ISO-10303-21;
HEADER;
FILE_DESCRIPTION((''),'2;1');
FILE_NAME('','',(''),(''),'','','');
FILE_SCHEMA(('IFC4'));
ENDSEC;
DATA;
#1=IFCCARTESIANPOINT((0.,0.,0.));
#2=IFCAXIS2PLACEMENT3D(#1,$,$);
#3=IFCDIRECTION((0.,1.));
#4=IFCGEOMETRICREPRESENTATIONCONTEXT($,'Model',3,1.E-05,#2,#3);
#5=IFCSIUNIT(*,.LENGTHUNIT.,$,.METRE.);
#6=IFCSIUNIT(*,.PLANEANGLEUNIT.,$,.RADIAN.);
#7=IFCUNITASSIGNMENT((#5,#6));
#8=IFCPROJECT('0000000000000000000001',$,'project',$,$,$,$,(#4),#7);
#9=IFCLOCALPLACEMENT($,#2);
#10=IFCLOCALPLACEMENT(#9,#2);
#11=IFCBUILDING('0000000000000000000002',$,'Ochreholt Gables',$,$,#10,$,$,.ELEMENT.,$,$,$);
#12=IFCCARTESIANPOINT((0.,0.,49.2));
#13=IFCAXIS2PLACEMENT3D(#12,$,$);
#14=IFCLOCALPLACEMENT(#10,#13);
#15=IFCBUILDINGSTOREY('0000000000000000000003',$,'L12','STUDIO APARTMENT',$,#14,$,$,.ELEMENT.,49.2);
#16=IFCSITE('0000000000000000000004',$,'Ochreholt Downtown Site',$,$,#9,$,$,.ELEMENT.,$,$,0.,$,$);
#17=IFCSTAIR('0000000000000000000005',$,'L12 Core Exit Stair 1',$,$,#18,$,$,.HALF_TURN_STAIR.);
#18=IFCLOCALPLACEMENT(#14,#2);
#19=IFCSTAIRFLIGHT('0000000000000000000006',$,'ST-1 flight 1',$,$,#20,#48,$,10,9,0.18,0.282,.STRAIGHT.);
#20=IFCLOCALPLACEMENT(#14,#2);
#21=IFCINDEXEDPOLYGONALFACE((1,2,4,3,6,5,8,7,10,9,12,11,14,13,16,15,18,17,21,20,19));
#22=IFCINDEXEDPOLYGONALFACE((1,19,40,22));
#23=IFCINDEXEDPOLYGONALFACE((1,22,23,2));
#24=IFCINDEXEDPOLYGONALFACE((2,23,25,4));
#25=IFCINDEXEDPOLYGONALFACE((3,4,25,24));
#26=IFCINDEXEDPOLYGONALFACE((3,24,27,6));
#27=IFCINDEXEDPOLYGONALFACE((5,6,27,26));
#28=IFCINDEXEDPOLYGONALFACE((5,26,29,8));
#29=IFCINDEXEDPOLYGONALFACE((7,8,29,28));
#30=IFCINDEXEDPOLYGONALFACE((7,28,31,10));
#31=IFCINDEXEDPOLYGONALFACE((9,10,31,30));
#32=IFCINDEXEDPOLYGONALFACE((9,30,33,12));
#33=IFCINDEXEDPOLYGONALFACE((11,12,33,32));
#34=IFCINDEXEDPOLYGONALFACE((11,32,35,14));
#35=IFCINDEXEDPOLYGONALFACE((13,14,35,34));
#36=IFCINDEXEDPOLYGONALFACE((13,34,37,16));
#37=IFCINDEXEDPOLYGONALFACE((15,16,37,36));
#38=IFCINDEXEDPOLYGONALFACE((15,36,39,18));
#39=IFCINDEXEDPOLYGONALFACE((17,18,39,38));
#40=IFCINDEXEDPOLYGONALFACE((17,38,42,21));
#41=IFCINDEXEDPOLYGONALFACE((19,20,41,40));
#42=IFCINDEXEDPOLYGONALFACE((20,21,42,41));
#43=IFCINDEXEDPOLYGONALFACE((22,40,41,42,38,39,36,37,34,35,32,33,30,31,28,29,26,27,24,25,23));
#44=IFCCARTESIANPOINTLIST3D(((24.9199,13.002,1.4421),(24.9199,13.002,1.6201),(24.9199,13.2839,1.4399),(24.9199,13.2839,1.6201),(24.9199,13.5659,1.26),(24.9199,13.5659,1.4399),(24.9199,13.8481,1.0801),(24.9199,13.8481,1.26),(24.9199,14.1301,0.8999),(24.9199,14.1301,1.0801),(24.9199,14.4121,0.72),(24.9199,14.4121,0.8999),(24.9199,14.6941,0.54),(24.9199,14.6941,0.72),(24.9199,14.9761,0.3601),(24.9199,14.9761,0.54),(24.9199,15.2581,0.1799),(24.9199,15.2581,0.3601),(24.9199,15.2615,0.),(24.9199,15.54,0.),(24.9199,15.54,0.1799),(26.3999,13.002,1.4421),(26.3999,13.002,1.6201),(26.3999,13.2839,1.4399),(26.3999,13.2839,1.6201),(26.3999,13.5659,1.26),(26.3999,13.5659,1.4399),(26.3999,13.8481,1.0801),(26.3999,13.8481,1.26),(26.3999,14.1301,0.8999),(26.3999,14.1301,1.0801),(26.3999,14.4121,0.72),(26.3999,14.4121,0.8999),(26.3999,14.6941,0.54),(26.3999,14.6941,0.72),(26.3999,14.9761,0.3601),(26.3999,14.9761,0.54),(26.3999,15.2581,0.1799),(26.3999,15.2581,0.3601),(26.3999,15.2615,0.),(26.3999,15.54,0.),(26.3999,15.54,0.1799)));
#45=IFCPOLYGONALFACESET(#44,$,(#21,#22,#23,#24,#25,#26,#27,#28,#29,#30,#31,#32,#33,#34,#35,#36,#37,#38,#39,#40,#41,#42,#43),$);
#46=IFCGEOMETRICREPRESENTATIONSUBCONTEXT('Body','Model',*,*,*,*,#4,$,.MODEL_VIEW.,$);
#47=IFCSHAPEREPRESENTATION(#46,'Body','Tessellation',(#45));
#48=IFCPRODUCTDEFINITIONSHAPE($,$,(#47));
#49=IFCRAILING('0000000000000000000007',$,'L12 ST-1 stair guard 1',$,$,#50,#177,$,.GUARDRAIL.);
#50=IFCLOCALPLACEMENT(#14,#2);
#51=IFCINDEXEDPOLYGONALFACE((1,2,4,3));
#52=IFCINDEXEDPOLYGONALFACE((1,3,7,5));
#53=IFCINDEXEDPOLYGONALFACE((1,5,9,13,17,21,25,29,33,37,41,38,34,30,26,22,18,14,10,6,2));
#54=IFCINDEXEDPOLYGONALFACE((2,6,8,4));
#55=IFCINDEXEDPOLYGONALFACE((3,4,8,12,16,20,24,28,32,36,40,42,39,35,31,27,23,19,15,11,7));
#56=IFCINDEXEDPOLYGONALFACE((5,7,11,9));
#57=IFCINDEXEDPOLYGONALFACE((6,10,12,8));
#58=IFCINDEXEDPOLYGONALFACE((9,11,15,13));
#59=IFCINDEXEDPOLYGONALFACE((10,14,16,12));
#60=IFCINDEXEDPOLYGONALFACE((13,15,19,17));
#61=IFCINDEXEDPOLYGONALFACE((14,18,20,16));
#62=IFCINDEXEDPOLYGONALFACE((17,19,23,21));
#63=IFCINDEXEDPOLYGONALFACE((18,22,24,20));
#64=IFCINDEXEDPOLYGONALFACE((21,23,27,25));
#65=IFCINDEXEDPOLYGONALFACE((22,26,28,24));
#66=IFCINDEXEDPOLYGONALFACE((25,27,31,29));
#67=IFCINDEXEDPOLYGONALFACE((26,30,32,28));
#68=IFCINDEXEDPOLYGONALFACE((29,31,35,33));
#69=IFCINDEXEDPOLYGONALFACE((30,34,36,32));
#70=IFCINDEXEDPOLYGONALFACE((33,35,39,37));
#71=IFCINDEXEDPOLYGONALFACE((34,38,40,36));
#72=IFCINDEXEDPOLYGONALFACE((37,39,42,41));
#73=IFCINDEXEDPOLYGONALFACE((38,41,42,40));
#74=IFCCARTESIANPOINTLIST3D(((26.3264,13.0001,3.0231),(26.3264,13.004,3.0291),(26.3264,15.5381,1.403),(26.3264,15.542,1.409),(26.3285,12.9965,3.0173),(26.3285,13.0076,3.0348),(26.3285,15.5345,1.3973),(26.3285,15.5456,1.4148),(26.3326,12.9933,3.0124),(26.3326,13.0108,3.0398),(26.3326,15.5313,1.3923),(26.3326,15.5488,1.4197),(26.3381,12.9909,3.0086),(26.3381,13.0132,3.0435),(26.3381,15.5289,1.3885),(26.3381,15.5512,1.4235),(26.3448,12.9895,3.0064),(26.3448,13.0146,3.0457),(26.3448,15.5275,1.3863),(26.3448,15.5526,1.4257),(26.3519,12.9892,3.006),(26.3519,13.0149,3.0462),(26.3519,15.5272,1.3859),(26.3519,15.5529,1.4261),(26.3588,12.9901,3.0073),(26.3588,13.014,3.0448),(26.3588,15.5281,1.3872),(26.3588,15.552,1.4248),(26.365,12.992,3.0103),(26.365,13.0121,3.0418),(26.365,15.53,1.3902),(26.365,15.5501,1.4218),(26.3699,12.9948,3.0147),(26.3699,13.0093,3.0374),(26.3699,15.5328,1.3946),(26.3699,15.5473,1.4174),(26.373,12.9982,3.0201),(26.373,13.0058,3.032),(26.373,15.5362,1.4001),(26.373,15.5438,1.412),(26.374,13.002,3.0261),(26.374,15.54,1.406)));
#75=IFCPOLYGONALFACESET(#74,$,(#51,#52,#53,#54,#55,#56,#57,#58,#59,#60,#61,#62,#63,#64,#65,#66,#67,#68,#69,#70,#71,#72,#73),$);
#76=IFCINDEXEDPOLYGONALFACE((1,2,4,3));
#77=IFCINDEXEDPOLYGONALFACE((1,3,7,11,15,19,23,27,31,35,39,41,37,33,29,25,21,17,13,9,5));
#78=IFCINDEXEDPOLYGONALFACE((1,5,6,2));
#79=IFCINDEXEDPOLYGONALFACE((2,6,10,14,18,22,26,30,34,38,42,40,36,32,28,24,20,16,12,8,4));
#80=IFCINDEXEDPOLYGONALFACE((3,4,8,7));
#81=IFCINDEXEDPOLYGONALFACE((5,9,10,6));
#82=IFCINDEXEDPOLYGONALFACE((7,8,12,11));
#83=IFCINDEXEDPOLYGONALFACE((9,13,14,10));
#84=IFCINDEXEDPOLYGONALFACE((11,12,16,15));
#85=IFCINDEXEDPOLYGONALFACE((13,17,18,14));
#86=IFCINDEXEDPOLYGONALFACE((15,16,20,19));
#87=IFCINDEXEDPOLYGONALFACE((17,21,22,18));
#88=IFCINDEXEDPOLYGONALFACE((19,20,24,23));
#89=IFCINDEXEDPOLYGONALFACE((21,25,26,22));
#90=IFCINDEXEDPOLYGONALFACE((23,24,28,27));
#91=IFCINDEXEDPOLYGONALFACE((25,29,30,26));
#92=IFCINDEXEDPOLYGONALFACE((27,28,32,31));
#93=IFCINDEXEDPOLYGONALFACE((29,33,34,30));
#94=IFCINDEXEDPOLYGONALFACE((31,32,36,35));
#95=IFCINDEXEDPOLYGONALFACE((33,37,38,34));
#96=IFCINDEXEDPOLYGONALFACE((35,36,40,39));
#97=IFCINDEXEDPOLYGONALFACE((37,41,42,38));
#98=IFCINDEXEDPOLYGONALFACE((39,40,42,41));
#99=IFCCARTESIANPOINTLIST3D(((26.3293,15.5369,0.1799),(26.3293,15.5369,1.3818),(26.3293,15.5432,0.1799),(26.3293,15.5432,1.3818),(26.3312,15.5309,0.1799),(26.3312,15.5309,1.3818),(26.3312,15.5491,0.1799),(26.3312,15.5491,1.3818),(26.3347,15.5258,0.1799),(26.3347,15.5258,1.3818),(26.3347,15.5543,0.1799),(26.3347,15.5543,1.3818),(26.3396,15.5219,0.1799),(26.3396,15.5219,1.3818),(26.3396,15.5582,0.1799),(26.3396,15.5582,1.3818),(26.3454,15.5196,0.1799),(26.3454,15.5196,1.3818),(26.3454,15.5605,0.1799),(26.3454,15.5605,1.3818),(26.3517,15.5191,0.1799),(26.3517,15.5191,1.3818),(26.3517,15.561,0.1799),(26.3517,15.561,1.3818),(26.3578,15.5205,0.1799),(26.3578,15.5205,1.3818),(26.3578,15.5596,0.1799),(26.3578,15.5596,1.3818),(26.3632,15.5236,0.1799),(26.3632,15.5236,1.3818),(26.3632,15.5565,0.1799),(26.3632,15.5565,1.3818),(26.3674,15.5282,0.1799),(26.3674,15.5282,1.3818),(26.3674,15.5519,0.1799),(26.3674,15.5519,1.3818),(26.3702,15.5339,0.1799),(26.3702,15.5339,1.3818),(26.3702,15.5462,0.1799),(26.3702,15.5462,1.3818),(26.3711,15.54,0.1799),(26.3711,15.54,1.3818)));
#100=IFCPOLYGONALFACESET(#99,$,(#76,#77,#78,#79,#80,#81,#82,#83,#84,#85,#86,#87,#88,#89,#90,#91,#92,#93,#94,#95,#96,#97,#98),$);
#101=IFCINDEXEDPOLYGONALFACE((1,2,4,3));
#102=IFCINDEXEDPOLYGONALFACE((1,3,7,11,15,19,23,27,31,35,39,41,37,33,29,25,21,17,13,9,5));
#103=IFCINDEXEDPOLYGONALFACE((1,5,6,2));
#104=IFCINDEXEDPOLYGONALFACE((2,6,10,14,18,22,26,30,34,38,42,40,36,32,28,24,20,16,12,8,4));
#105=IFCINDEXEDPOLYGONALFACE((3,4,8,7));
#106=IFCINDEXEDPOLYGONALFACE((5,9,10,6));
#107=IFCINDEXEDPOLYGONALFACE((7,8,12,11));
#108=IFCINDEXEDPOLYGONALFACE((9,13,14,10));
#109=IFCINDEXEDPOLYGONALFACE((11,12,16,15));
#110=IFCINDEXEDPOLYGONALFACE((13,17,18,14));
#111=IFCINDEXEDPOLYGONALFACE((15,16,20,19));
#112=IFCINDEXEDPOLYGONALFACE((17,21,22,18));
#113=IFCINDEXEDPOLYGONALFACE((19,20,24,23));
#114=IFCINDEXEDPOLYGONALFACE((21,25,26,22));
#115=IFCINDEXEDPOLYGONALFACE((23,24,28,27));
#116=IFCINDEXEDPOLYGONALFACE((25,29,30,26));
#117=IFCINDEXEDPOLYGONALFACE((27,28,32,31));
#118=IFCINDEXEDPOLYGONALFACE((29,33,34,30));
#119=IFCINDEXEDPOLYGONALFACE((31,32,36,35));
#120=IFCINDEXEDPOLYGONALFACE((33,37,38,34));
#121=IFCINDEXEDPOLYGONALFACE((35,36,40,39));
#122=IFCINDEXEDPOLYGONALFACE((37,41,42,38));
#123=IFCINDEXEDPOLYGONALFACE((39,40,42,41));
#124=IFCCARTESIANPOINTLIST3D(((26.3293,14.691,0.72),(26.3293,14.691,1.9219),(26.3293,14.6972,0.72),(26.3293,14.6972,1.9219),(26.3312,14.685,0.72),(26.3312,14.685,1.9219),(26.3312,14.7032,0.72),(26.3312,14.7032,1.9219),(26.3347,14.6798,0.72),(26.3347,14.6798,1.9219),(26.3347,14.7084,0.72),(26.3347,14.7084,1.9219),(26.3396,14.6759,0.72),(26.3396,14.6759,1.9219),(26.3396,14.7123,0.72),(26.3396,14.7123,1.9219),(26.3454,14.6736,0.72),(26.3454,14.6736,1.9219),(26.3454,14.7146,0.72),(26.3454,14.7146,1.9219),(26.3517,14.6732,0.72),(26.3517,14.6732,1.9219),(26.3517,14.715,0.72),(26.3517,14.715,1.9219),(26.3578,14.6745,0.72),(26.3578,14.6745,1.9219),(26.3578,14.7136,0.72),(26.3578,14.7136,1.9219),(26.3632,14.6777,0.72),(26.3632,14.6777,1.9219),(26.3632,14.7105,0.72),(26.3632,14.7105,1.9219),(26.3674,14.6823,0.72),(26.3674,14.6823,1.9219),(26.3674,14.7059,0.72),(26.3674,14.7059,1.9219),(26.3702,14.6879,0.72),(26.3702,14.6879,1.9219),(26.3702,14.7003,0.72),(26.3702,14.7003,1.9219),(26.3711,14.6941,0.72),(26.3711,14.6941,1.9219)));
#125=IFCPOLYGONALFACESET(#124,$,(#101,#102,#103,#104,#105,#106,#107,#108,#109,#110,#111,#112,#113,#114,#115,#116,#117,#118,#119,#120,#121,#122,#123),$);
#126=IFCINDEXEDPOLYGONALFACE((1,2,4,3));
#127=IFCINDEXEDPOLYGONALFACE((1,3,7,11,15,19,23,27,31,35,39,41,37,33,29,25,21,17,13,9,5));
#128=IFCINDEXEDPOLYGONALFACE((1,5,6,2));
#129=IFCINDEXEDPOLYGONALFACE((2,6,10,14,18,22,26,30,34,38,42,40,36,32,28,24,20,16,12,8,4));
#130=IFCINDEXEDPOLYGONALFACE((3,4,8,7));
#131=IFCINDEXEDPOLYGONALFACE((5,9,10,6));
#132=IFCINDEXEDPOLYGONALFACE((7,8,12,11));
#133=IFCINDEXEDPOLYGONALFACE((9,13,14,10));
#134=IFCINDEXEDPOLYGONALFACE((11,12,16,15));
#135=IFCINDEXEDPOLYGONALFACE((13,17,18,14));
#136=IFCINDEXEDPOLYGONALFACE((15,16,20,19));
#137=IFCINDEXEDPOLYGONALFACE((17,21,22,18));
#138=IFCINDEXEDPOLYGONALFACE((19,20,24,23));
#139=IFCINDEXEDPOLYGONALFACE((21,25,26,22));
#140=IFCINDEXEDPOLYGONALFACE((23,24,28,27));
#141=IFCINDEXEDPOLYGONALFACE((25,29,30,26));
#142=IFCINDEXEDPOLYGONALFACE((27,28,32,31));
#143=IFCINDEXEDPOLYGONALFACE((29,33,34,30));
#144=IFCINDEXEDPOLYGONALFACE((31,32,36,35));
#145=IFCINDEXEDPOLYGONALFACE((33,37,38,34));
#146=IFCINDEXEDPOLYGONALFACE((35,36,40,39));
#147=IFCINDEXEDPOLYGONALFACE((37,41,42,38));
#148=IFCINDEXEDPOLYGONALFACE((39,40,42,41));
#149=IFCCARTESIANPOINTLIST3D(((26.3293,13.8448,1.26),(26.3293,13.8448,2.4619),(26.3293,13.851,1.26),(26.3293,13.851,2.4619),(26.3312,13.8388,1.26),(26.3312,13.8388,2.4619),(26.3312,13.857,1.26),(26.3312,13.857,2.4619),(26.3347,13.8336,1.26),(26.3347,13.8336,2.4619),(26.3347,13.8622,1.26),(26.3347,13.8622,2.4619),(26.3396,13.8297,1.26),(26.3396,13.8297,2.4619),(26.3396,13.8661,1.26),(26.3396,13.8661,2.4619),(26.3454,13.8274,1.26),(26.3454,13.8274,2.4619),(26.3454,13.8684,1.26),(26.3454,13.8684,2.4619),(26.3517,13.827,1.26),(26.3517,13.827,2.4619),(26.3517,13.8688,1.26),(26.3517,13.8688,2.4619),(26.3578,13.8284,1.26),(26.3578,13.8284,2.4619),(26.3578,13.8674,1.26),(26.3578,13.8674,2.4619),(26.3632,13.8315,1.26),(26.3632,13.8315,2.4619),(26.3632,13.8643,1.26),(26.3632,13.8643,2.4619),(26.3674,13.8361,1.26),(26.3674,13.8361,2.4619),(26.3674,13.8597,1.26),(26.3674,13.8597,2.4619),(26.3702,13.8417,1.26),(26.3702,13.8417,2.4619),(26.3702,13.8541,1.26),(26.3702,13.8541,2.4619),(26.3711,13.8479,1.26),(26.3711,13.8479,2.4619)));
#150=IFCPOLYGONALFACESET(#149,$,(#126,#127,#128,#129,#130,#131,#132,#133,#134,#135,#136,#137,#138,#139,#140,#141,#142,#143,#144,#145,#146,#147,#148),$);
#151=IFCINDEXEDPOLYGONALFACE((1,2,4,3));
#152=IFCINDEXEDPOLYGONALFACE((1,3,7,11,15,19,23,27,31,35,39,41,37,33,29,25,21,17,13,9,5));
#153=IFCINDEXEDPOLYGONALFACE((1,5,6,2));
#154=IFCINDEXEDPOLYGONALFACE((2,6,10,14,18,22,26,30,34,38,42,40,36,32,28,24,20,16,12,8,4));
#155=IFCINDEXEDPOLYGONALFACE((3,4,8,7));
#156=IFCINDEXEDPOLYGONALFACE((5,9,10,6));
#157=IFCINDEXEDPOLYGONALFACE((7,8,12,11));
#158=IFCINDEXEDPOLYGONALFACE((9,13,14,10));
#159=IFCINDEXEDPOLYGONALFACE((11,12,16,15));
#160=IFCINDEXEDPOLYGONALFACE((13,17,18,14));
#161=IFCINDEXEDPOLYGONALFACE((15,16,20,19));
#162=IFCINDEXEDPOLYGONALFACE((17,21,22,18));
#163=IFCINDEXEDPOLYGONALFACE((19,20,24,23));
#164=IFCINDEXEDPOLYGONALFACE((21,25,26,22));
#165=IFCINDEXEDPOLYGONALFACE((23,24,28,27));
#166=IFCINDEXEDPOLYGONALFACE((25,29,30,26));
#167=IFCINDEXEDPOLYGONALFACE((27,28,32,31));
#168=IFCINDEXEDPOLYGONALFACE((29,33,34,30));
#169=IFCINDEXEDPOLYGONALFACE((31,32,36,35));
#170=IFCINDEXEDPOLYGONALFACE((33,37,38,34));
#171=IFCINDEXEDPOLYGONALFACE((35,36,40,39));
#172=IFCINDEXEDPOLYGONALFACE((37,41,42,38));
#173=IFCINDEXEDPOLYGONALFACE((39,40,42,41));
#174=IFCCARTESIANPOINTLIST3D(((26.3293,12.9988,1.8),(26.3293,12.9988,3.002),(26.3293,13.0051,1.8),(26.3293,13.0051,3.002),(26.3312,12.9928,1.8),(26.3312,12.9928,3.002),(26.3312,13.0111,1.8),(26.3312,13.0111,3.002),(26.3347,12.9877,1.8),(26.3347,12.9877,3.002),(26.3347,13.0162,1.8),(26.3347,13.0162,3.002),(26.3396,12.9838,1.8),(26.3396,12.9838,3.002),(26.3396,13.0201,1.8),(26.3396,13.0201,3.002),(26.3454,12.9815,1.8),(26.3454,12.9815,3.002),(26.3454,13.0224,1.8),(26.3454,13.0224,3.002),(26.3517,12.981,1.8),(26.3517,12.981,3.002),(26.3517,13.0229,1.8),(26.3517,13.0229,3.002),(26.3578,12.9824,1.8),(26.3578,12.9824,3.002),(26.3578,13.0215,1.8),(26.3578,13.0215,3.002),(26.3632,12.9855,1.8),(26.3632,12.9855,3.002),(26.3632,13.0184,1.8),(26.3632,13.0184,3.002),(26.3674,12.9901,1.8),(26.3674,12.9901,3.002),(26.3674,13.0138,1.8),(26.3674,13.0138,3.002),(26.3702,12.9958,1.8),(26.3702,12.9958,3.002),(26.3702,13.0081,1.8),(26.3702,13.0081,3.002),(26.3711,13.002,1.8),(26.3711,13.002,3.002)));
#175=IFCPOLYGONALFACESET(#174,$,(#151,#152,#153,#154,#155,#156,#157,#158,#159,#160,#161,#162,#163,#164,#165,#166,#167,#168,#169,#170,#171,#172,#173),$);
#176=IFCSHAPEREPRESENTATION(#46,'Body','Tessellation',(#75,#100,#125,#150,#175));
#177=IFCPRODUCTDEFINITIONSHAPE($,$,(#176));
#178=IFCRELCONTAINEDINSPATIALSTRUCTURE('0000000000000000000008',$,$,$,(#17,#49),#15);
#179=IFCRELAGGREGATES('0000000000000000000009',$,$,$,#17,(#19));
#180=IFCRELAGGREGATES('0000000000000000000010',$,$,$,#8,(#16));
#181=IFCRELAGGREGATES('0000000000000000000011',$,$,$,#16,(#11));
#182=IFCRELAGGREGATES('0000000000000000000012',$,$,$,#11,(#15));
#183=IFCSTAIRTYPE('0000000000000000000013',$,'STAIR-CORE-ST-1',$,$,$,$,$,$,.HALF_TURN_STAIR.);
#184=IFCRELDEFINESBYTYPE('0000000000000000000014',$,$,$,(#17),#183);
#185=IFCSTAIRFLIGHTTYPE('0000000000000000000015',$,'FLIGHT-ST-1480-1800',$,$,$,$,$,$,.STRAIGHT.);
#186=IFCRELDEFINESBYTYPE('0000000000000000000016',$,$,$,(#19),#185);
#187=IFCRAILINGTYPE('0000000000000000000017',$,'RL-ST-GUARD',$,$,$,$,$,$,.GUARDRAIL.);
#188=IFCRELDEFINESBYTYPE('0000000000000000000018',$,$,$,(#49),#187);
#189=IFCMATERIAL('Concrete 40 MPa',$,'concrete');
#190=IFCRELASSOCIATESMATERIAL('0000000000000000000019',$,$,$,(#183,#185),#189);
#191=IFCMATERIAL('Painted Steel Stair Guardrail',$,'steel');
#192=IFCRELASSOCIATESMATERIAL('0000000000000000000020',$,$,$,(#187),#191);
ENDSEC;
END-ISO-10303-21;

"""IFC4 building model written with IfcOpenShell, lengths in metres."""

from ifc_helpers import new_model, si_unit, direction, frame, origin, origin_2d, place, context, subcontext, project, spatial, polyline, circle, outline, extrude, material, type_object, element, aggregate, save


model = new_model("IFC4")

# Units and contexts
model_context = context("Model", 3, precision=1e-05, world=origin(), true_north=direction((0.0, 1.0)))
body_context = subcontext(model_context, "Body", "Model", "MODEL_VIEW")
ifc_project = project(units=[si_unit("LENGTHUNIT", "METRE"), si_unit("PLANEANGLEUNIT", "RADIAN")], contexts=[model_context])

# Site, building, storey
site_placement = place(None, origin())
site = spatial("IfcSite", under=ifc_project, at=site_placement, Name="Ochreholt Downtown Site", CompositionType="ELEMENT", RefElevation=0.0)
building_placement = place(site_placement, origin())
building = spatial("IfcBuilding", under=site, at=building_placement, Name="Ochreholt Gables", CompositionType="ELEMENT")
storey_placement = place(building_placement, frame((0.0, 0.0, 49.2)))
storey = spatial("IfcBuildingStorey", under=building, at=storey_placement, Name="L12", Description="STUDIO APARTMENT", CompositionType="ELEMENT", Elevation=49.2)

# Shared definitions
ifc_material_1 = material(Name="Concrete 40 MPa", Category="concrete")

# Stair, stair flight
stair_type = type_object("IfcStairType", Name="STAIR-CORE-ST-1", PredefinedType="HALF_TURN_STAIR", material=ifc_material_1)
stair_placement = place(storey_placement, origin())
stair = element("IfcStair", 1, at=stair_placement, inside=storey, type_object=stair_type, Name="L12 Core Exit Stair 1", PredefinedType="HALF_TURN_STAIR")
stair_flight_type = type_object("IfcStairFlightType", Name="FLIGHT-ST-1480-1800", PredefinedType="STRAIGHT", material=ifc_material_1)
stair_flight_placement = place(storey_placement, frame((25.6599, 15.54, 0.0), z_axis=(0.0, 0.0, 1.0), x_axis=(0.0, -1.0, 0.0)))
stair_flight = element("IfcStairFlight", 2, at=stair_flight_placement, type_object=stair_flight_type, Name="ST-1 flight 1", NumberOfRisers=10, NumberOfTreads=9, PredefinedType="STRAIGHT", RiserHeight=0.18, TreadLength=0.282, context=body_context, shape_type="SweptSolid", body=[
    extrude(outline(polyline([(0.0, 0.0), (0.0, 0.1799), (0.282, 0.1799), (0.282, 0.3601), (0.564, 0.3601), (0.564, 0.54), (0.8459, 0.54), (0.8459, 0.72), (1.1279, 0.72), (1.1279, 0.8999), (1.4099, 0.8999), (1.4099, 1.0801), (1.6919, 1.0801), (1.6919, 1.26), (1.9741, 1.26), (1.9741, 1.4399), (2.2561, 1.4399), (2.2561, 1.6201), (2.5381, 1.6201), (2.5381, 1.8), (2.5381, 1.4421), (0.2786, 0.0), (0.0, 0.0)])), frame((0.0, 0.74, 0.0), z_axis=(0.0, -1.0, 0.0), x_axis=(1.0, 0.0, 0.0)), (0.0, 0.0, 1.0), 1.48),
])
aggregate(stair, [stair_flight])

# Railing
ifc_material_2 = material(Name="Painted Steel Stair Guardrail", Category="steel")
railing_type_1 = type_object("IfcRailingType", Name="RL-ST-GUARD", PredefinedType="GUARDRAIL", material=ifc_material_2)
railing_1_placement = place(storey_placement, frame((26.3501, 15.54, 0.1799)))
element("IfcRailing", 3, at=railing_1_placement, inside=storey, type_object=railing_type_1, Name="L12 ST-1 stair guard 1", PredefinedType="GUARDRAIL", context=body_context, shape_type="SweptSolid", body=[
    extrude(circle(Radius=0.0239, at=origin_2d()), frame((0.0, 0.0, 1.2261), z_axis=(0.0, -0.842913, 0.53805), x_axis=(1.0, 0.0, 0.0)), (0.0, 0.0, 1.0), 3.011),
    extrude(circle(Radius=0.021, at=origin_2d()), origin(), (0.0, 0.0, 1.0), 1.2019),
    extrude(circle(Radius=0.021, at=origin_2d()), frame((0.0, -0.8459, 0.54)), (0.0, 0.0, 1.0), 1.2019),
    extrude(circle(Radius=0.021, at=origin_2d()), frame((0.0, -1.6921, 1.0801)), (0.0, 0.0, 1.0), 1.2019),
    extrude(circle(Radius=0.021, at=origin_2d()), frame((0.0, -2.5381, 1.6201)), (0.0, 0.0, 1.0), 1.2019),
])

save(model, "model.ifc")
